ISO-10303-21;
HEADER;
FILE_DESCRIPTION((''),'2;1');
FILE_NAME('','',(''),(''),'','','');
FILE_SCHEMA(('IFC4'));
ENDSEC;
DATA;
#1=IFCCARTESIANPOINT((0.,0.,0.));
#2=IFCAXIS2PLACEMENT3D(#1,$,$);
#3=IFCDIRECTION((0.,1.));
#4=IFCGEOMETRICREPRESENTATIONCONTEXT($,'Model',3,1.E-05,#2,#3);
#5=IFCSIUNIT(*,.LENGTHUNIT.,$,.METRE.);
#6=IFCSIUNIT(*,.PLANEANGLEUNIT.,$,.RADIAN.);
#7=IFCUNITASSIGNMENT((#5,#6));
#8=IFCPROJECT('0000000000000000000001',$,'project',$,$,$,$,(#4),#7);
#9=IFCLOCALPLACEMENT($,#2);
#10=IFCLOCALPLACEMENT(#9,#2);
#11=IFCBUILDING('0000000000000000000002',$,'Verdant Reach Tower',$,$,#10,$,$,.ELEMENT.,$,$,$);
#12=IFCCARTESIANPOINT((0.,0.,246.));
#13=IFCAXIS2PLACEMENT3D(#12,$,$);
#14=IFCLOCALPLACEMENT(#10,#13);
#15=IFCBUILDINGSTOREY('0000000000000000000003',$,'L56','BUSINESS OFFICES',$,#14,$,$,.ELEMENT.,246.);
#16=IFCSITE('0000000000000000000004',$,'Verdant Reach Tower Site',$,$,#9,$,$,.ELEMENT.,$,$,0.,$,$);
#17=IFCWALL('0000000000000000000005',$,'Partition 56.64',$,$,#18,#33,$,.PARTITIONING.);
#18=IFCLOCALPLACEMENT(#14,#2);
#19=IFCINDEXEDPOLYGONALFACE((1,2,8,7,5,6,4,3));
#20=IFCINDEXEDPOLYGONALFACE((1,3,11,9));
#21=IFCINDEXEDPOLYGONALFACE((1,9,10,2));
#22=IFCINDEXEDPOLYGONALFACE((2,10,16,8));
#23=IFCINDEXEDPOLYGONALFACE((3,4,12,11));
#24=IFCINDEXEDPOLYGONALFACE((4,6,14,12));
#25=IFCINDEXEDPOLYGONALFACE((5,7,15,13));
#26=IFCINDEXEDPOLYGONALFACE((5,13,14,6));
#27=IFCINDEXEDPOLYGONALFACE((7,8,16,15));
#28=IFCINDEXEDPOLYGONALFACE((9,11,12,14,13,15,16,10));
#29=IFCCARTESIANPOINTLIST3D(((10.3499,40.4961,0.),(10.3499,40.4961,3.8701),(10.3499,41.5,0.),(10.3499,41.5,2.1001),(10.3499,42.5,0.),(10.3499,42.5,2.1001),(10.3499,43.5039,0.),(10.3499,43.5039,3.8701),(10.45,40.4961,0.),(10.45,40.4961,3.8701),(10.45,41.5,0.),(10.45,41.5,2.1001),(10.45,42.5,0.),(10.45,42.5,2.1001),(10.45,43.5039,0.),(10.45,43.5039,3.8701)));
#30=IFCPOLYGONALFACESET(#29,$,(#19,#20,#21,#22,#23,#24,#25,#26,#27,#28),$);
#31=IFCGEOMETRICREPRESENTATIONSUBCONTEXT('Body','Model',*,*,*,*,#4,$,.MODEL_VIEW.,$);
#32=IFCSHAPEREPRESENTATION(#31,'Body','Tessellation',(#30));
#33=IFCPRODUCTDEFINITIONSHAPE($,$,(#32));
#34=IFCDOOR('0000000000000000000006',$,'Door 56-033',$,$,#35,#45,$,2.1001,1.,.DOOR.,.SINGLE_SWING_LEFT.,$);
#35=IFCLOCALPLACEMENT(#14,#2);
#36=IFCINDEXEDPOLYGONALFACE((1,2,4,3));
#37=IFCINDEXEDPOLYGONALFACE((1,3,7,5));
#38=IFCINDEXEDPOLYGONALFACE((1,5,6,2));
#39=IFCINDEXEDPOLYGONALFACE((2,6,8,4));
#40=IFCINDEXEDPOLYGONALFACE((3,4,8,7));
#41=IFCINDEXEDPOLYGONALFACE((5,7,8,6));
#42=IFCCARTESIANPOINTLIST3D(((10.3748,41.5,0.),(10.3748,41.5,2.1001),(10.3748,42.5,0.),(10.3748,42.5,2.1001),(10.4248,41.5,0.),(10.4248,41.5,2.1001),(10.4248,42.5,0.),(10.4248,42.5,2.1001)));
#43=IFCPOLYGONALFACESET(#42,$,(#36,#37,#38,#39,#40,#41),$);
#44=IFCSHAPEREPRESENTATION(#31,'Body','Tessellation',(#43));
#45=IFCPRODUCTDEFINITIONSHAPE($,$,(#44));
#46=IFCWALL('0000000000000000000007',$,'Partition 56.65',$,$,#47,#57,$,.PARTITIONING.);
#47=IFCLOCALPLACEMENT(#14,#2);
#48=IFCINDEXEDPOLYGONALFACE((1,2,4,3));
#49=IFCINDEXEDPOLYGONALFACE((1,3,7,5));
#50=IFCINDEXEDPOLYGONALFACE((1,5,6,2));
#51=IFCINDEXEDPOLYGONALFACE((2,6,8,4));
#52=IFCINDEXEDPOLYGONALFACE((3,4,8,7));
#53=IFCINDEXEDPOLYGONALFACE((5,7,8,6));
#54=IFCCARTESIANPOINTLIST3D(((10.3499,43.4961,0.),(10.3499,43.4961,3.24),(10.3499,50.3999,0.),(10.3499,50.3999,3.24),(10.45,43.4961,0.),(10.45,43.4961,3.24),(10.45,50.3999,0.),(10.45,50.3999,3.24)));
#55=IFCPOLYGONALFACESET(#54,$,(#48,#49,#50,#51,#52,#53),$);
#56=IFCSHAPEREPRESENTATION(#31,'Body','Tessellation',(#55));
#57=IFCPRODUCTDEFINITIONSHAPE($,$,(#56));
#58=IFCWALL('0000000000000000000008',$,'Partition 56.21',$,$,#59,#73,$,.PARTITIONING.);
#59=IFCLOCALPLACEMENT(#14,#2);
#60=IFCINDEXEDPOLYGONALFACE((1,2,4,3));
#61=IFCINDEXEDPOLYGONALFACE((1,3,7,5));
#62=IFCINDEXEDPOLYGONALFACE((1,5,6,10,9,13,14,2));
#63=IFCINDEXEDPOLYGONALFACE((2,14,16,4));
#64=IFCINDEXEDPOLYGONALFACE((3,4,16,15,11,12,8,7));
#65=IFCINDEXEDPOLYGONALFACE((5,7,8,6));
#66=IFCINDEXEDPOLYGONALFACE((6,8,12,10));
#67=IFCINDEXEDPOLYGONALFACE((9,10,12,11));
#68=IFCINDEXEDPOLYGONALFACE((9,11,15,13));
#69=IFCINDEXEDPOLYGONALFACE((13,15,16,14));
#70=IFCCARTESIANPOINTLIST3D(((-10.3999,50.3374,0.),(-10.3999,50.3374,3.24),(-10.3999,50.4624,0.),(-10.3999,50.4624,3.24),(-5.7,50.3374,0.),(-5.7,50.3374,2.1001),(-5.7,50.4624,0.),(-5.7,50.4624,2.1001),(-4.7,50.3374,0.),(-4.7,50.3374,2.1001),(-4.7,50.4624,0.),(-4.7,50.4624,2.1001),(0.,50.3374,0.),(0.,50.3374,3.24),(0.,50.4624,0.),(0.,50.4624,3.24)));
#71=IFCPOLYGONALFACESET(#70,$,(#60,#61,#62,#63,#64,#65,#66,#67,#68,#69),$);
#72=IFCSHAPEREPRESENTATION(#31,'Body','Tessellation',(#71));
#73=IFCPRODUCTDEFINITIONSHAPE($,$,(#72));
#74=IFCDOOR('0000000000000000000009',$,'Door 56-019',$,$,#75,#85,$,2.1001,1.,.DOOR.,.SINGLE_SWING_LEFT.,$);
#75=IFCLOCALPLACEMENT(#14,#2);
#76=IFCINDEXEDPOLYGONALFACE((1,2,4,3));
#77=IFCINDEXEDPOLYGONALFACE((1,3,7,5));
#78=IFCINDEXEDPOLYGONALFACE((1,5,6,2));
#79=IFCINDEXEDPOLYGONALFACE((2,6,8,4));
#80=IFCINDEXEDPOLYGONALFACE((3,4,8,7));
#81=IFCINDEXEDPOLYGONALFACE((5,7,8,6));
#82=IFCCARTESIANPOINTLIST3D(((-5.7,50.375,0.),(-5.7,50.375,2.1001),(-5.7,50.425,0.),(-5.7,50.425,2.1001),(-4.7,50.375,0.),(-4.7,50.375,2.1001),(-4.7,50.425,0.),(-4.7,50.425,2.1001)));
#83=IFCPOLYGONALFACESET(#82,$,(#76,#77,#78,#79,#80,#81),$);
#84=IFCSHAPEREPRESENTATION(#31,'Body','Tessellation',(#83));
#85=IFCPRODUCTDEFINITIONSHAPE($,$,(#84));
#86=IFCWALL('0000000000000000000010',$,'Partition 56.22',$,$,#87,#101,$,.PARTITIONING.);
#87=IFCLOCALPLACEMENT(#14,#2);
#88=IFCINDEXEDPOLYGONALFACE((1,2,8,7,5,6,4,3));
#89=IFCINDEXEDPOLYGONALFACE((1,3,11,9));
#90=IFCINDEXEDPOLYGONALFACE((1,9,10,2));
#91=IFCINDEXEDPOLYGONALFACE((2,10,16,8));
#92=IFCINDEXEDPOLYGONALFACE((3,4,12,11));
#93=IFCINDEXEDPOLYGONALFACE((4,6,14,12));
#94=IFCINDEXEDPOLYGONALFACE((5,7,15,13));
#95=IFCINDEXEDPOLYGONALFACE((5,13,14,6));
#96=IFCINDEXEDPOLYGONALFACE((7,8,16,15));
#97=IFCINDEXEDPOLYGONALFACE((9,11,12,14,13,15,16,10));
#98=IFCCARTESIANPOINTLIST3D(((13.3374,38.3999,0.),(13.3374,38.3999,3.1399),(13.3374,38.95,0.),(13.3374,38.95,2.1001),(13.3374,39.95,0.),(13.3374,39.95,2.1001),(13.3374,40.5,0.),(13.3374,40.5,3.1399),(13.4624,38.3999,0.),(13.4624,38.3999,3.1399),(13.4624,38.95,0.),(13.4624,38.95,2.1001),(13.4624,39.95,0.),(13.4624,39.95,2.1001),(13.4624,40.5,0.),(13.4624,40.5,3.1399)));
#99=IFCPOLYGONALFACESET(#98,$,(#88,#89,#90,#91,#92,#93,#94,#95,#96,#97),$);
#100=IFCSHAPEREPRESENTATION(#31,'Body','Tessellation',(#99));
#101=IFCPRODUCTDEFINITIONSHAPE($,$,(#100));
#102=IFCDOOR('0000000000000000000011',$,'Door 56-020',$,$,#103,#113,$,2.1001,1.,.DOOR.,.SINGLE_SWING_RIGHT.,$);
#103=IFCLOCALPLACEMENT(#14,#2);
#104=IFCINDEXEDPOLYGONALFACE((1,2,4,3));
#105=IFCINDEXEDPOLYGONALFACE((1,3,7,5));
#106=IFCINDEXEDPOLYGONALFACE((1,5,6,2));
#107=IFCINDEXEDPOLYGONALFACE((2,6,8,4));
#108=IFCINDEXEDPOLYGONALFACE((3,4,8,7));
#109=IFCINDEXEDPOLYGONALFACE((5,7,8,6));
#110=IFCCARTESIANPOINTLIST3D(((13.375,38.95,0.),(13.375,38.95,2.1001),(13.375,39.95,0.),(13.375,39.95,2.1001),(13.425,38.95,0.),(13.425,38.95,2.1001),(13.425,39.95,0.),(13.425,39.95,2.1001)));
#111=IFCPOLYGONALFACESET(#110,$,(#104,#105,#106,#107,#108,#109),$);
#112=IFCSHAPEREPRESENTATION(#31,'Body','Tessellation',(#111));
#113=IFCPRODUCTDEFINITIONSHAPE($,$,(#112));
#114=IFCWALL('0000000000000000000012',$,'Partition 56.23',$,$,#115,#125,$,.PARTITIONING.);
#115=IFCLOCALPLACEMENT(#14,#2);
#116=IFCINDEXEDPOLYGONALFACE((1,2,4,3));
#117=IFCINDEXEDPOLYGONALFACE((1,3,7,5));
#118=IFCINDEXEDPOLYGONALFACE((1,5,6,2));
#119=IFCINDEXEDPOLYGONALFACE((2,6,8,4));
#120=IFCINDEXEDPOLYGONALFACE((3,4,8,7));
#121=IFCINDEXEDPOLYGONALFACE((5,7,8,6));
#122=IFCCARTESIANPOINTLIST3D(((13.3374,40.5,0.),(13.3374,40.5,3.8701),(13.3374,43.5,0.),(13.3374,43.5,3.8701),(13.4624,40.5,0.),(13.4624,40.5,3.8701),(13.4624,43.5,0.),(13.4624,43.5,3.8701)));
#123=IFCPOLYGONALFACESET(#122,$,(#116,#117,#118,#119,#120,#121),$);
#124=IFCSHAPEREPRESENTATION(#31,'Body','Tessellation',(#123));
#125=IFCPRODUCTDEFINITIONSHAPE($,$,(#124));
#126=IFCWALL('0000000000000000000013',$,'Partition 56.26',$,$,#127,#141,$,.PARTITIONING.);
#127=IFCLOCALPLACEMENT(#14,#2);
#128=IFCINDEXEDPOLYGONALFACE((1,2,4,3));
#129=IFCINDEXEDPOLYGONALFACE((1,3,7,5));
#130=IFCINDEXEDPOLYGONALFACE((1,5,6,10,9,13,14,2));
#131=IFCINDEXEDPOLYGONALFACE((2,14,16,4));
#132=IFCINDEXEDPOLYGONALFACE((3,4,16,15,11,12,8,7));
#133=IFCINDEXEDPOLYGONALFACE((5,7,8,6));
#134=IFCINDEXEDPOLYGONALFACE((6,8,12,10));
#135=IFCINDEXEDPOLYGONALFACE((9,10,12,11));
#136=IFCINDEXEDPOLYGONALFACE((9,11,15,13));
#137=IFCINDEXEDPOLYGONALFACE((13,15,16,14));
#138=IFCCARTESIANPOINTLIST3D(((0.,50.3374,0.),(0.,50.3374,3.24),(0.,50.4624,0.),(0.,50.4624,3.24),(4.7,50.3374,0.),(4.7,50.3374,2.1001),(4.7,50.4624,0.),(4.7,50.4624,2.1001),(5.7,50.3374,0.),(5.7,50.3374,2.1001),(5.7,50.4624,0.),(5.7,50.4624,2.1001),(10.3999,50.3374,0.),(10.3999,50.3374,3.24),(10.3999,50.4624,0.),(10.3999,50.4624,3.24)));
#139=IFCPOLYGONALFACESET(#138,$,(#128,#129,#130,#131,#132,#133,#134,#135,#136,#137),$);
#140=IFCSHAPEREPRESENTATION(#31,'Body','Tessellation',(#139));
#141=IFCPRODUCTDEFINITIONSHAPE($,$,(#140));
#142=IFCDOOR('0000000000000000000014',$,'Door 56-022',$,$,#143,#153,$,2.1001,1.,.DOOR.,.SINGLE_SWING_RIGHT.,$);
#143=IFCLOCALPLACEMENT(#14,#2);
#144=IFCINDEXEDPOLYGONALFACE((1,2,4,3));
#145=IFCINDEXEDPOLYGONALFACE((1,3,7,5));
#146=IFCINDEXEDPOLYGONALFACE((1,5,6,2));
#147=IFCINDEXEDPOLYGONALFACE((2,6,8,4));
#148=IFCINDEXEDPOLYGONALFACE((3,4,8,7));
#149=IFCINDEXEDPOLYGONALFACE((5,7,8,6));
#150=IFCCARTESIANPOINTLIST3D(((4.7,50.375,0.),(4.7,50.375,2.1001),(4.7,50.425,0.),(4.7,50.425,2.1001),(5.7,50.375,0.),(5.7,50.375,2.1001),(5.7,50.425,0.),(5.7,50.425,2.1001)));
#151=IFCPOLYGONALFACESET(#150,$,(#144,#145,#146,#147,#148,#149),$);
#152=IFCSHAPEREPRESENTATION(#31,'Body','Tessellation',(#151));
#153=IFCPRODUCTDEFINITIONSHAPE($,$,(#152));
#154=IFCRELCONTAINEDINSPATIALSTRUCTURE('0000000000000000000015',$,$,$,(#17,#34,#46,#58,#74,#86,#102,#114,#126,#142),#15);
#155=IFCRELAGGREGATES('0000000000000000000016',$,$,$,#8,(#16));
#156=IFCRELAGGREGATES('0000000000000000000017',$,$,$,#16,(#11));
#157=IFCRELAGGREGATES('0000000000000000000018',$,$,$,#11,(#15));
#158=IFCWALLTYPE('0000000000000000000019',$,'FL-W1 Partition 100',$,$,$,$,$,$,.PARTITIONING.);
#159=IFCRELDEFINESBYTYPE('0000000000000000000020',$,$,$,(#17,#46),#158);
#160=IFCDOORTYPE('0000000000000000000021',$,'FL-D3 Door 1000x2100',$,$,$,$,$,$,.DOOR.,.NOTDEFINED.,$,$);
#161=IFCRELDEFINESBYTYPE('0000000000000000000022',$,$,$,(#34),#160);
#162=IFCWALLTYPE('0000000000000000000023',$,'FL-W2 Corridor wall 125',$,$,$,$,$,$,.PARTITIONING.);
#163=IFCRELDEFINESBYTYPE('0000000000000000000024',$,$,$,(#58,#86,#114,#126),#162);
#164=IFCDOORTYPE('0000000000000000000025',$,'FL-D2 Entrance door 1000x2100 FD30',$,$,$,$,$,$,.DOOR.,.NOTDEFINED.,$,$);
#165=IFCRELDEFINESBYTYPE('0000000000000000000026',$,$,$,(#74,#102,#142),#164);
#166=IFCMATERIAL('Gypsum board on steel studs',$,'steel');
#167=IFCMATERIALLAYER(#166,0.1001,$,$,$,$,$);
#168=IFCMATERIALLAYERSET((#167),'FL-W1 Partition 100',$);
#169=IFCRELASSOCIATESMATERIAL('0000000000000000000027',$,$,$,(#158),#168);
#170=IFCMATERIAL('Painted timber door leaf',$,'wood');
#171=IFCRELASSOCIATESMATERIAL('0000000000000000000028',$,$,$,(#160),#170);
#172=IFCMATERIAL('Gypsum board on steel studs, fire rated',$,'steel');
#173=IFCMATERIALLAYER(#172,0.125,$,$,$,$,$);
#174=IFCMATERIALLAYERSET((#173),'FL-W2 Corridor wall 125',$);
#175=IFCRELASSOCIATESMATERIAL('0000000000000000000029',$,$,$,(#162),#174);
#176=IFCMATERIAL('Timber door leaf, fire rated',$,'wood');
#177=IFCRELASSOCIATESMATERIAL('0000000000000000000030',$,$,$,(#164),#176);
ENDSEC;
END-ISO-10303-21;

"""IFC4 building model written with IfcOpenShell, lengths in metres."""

from ifc_helpers import new_model, si_unit, direction, frame, frame_2d, origin, place, context, subcontext, project, spatial, rectangle, extrude, material, layer, layer_set, type_object, element, fill, save


model = new_model("IFC4")

# Units and contexts
model_context = context("Model", 3, precision=1e-05, world=origin(), true_north=direction((0.0, 1.0)))
body_context = subcontext(model_context, "Body", "Model", "MODEL_VIEW")
ifc_project = project(units=[si_unit("LENGTHUNIT", "METRE"), si_unit("PLANEANGLEUNIT", "RADIAN")], contexts=[model_context])

# Site, building, storey
site_placement = place(None, origin())
site = spatial("IfcSite", under=ifc_project, at=site_placement, Name="Verdant Reach Tower Site", CompositionType="ELEMENT", RefElevation=0.0)
building_placement = place(site_placement, origin())
building = spatial("IfcBuilding", under=site, at=building_placement, Name="Verdant Reach Tower", CompositionType="ELEMENT")
storey_placement = place(building_placement, frame((0.0, 0.0, 246.0)))
storey = spatial("IfcBuildingStorey", under=building, at=storey_placement, Name="L56", Description="BUSINESS OFFICES", CompositionType="ELEMENT", Elevation=246.0)

# Shared definitions
ifc_material_1 = material(Name="Gypsum board on steel studs", Category="steel")
ifc_layer_1 = layer(ifc_material_1, 0.1001)
ifc_layer_set_1 = layer_set([ifc_layer_1], Name="FL-W1 Partition 100")
wall_type_1 = type_object("IfcWallType", Name="FL-W1 Partition 100", PredefinedType="PARTITIONING", material=ifc_layer_set_1)
ifc_material_2 = material(Name="Painted timber door leaf", Category="wood")
door_type_1 = type_object("IfcDoorType", Name="FL-D3 Door 1000x2100", OperationType="NOTDEFINED", PredefinedType="DOOR", material=ifc_material_2)

# Wall, opening, door
wall_1_placement = place(storey_placement, frame((10.3999, 43.5039, 0.0), z_axis=(0.0, 0.0, 1.0), x_axis=(0.0, -1.0, 0.0)))
wall_1 = element("IfcWall", 1, at=wall_1_placement, inside=storey, type_object=wall_type_1, Name="Partition 56.64", PredefinedType="PARTITIONING", context=body_context, shape_type="SweptSolid", body=[
    extrude(rectangle(XDim=3.0078, YDim=0.1001, at=frame_2d((1.5039, 0.0))), origin(), (0.0, 0.0, 1.0), 3.8701),
])
opening_1_placement = place(wall_1_placement, frame((1.0039, 0.0, 0.0)))
opening_1 = element("IfcOpeningElement", 2, at=opening_1_placement, cuts=wall_1, PredefinedType="OPENING", context=body_context, shape_type="SweptSolid", body=[
    extrude(rectangle(XDim=1.0, YDim=2.1001, at=frame_2d((0.5, 1.05))), frame((0.0, 0.0601, 0.0), z_axis=(0.0, -1.0, 0.0), x_axis=(1.0, 0.0, 0.0)), (0.0, 0.0, 1.0), 0.1201),
])
door_1_placement = place(opening_1_placement, origin())
door_1 = element("IfcDoor", 3, at=door_1_placement, inside=storey, type_object=door_type_1, Name="Door 56-033", OperationType="SINGLE_SWING_LEFT", OverallHeight=2.1001, OverallWidth=1.0, PredefinedType="DOOR", context=body_context, shape_type="SweptSolid", body=[
    extrude(rectangle(XDim=1.0, YDim=2.1001, at=frame_2d((0.5, 1.05))), frame((0.0, 0.0249, 0.0), z_axis=(0.0, -1.0, 0.0), x_axis=(1.0, 0.0, 0.0)), (0.0, 0.0, 1.0), 0.05),
])
fill(opening_1, door_1)

# Wall
wall_2_placement = place(storey_placement, frame((10.3999, 50.3999, 0.0), z_axis=(0.0, 0.0, 1.0), x_axis=(0.0, -1.0, 0.0)))
element("IfcWall", 4, at=wall_2_placement, inside=storey, type_object=wall_type_1, Name="Partition 56.65", PredefinedType="PARTITIONING", context=body_context, shape_type="SweptSolid", body=[
    extrude(rectangle(XDim=6.9038, YDim=0.1001, at=frame_2d((3.4519, 0.0))), origin(), (0.0, 0.0, 1.0), 3.24),
])

# Walls, openings, doors
ifc_material_3 = material(Name="Gypsum board on steel studs, fire rated", Category="steel")
ifc_layer_2 = layer(ifc_material_3, 0.125)
ifc_layer_set_2 = layer_set([ifc_layer_2], Name="FL-W2 Corridor wall 125")
wall_type_2 = type_object("IfcWallType", Name="FL-W2 Corridor wall 125", PredefinedType="PARTITIONING", material=ifc_layer_set_2)
wall_3_placement = place(storey_placement, frame((0.0, 50.3999, 0.0), z_axis=(0.0, 0.0, 1.0), x_axis=(-1.0, 0.0, 0.0)))
wall_3 = element("IfcWall", 5, at=wall_3_placement, inside=storey, type_object=wall_type_2, Name="Partition 56.21", PredefinedType="PARTITIONING", context=body_context, shape_type="SweptSolid", body=[
    extrude(rectangle(XDim=10.3999, YDim=0.125, at=frame_2d((5.2, 0.0))), origin(), (0.0, 0.0, 1.0), 3.24),
])
opening_2_placement = place(wall_3_placement, frame((4.7, 0.0, 0.0)))
opening_2 = element("IfcOpeningElement", 6, at=opening_2_placement, cuts=wall_3, PredefinedType="OPENING", context=body_context, shape_type="SweptSolid", body=[
    extrude(rectangle(XDim=1.0, YDim=2.1001, at=frame_2d((0.5, 1.05))), frame((0.0, 0.0725, 0.0), z_axis=(0.0, -1.0, 0.0), x_axis=(1.0, 0.0, 0.0)), (0.0, 0.0, 1.0), 0.145),
])
ifc_material_4 = material(Name="Timber door leaf, fire rated", Category="wood")
door_type_2 = type_object("IfcDoorType", Name="FL-D2 Entrance door 1000x2100 FD30", OperationType="NOTDEFINED", PredefinedType="DOOR", material=ifc_material_4)
door_2_placement = place(opening_2_placement, origin())
door_2 = element("IfcDoor", 7, at=door_2_placement, inside=storey, type_object=door_type_2, Name="Door 56-019", OperationType="SINGLE_SWING_LEFT", OverallHeight=2.1001, OverallWidth=1.0, PredefinedType="DOOR", context=body_context, shape_type="SweptSolid", body=[
    extrude(rectangle(XDim=1.0, YDim=2.1001, at=frame_2d((0.5, 1.05))), frame((0.0, 0.0249, 0.0), z_axis=(0.0, -1.0, 0.0), x_axis=(1.0, 0.0, 0.0)), (0.0, 0.0, 1.0), 0.05),
])
fill(opening_2, door_2)
wall_4_placement = place(storey_placement, frame((13.3999, 38.3999, 0.0), z_axis=(0.0, 0.0, 1.0), x_axis=(0.0, 1.0, 0.0)))
wall_4 = element("IfcWall", 8, at=wall_4_placement, inside=storey, type_object=wall_type_2, Name="Partition 56.22", PredefinedType="PARTITIONING", context=body_context, shape_type="SweptSolid", body=[
    extrude(rectangle(XDim=2.1001, YDim=0.125, at=frame_2d((1.05, 0.0))), origin(), (0.0, 0.0, 1.0), 3.1399),
])
opening_3_placement = place(wall_4_placement, frame((0.55, 0.0, 0.0)))
opening_3 = element("IfcOpeningElement", 9, at=opening_3_placement, cuts=wall_4, PredefinedType="OPENING", context=body_context, shape_type="SweptSolid", body=[
    extrude(rectangle(XDim=1.0, YDim=2.1001, at=frame_2d((0.5, 1.05))), frame((0.0, 0.0725, 0.0), z_axis=(0.0, -1.0, 0.0), x_axis=(1.0, 0.0, 0.0)), (0.0, 0.0, 1.0), 0.145),
])
door_3_placement = place(opening_3_placement, origin())
door_3 = element("IfcDoor", 10, at=door_3_placement, inside=storey, type_object=door_type_2, Name="Door 56-020", OperationType="SINGLE_SWING_RIGHT", OverallHeight=2.1001, OverallWidth=1.0, PredefinedType="DOOR", context=body_context, shape_type="SweptSolid", body=[
    extrude(rectangle(XDim=1.0, YDim=2.1001, at=frame_2d((0.5, 1.05))), frame((0.0, 0.0249, 0.0), z_axis=(0.0, -1.0, 0.0), x_axis=(1.0, 0.0, 0.0)), (0.0, 0.0, 1.0), 0.05),
])
fill(opening_3, door_3)

# Wall
wall_5_placement = place(storey_placement, frame((13.3999, 40.5, 0.0), z_axis=(0.0, 0.0, 1.0), x_axis=(0.0, 1.0, 0.0)))
element("IfcWall", 11, at=wall_5_placement, inside=storey, type_object=wall_type_2, Name="Partition 56.23", PredefinedType="PARTITIONING", context=body_context, shape_type="SweptSolid", body=[
    extrude(rectangle(XDim=3.0, YDim=0.125, at=frame_2d((1.5, 0.0))), origin(), (0.0, 0.0, 1.0), 3.8701),
])

# Wall, opening, door
wall_6_placement = place(storey_placement, frame((10.3999, 50.3999, 0.0), z_axis=(0.0, 0.0, 1.0), x_axis=(-1.0, 0.0, 0.0)))
wall_6 = element("IfcWall", 12, at=wall_6_placement, inside=storey, type_object=wall_type_2, Name="Partition 56.26", PredefinedType="PARTITIONING", context=body_context, shape_type="SweptSolid", body=[
    extrude(rectangle(XDim=10.3999, YDim=0.125, at=frame_2d((5.2, 0.0))), origin(), (0.0, 0.0, 1.0), 3.24),
])
opening_4_placement = place(wall_6_placement, frame((4.7, 0.0, 0.0)))
opening_4 = element("IfcOpeningElement", 13, at=opening_4_placement, cuts=wall_6, PredefinedType="OPENING", context=body_context, shape_type="SweptSolid", body=[
    extrude(rectangle(XDim=1.0, YDim=2.1001, at=frame_2d((0.5, 1.05))), frame((0.0, 0.0725, 0.0), z_axis=(0.0, -1.0, 0.0), x_axis=(1.0, 0.0, 0.0)), (0.0, 0.0, 1.0), 0.145),
])
door_4_placement = place(opening_4_placement, origin())
door_4 = element("IfcDoor", 14, at=door_4_placement, inside=storey, type_object=door_type_2, Name="Door 56-022", OperationType="SINGLE_SWING_RIGHT", OverallHeight=2.1001, OverallWidth=1.0, PredefinedType="DOOR", context=body_context, shape_type="SweptSolid", body=[
    extrude(rectangle(XDim=1.0, YDim=2.1001, at=frame_2d((0.5, 1.05))), frame((0.0, 0.0249, 0.0), z_axis=(0.0, -1.0, 0.0), x_axis=(1.0, 0.0, 0.0)), (0.0, 0.0, 1.0), 0.05),
])
fill(opening_4, door_4)

save(model, "model.ifc")
